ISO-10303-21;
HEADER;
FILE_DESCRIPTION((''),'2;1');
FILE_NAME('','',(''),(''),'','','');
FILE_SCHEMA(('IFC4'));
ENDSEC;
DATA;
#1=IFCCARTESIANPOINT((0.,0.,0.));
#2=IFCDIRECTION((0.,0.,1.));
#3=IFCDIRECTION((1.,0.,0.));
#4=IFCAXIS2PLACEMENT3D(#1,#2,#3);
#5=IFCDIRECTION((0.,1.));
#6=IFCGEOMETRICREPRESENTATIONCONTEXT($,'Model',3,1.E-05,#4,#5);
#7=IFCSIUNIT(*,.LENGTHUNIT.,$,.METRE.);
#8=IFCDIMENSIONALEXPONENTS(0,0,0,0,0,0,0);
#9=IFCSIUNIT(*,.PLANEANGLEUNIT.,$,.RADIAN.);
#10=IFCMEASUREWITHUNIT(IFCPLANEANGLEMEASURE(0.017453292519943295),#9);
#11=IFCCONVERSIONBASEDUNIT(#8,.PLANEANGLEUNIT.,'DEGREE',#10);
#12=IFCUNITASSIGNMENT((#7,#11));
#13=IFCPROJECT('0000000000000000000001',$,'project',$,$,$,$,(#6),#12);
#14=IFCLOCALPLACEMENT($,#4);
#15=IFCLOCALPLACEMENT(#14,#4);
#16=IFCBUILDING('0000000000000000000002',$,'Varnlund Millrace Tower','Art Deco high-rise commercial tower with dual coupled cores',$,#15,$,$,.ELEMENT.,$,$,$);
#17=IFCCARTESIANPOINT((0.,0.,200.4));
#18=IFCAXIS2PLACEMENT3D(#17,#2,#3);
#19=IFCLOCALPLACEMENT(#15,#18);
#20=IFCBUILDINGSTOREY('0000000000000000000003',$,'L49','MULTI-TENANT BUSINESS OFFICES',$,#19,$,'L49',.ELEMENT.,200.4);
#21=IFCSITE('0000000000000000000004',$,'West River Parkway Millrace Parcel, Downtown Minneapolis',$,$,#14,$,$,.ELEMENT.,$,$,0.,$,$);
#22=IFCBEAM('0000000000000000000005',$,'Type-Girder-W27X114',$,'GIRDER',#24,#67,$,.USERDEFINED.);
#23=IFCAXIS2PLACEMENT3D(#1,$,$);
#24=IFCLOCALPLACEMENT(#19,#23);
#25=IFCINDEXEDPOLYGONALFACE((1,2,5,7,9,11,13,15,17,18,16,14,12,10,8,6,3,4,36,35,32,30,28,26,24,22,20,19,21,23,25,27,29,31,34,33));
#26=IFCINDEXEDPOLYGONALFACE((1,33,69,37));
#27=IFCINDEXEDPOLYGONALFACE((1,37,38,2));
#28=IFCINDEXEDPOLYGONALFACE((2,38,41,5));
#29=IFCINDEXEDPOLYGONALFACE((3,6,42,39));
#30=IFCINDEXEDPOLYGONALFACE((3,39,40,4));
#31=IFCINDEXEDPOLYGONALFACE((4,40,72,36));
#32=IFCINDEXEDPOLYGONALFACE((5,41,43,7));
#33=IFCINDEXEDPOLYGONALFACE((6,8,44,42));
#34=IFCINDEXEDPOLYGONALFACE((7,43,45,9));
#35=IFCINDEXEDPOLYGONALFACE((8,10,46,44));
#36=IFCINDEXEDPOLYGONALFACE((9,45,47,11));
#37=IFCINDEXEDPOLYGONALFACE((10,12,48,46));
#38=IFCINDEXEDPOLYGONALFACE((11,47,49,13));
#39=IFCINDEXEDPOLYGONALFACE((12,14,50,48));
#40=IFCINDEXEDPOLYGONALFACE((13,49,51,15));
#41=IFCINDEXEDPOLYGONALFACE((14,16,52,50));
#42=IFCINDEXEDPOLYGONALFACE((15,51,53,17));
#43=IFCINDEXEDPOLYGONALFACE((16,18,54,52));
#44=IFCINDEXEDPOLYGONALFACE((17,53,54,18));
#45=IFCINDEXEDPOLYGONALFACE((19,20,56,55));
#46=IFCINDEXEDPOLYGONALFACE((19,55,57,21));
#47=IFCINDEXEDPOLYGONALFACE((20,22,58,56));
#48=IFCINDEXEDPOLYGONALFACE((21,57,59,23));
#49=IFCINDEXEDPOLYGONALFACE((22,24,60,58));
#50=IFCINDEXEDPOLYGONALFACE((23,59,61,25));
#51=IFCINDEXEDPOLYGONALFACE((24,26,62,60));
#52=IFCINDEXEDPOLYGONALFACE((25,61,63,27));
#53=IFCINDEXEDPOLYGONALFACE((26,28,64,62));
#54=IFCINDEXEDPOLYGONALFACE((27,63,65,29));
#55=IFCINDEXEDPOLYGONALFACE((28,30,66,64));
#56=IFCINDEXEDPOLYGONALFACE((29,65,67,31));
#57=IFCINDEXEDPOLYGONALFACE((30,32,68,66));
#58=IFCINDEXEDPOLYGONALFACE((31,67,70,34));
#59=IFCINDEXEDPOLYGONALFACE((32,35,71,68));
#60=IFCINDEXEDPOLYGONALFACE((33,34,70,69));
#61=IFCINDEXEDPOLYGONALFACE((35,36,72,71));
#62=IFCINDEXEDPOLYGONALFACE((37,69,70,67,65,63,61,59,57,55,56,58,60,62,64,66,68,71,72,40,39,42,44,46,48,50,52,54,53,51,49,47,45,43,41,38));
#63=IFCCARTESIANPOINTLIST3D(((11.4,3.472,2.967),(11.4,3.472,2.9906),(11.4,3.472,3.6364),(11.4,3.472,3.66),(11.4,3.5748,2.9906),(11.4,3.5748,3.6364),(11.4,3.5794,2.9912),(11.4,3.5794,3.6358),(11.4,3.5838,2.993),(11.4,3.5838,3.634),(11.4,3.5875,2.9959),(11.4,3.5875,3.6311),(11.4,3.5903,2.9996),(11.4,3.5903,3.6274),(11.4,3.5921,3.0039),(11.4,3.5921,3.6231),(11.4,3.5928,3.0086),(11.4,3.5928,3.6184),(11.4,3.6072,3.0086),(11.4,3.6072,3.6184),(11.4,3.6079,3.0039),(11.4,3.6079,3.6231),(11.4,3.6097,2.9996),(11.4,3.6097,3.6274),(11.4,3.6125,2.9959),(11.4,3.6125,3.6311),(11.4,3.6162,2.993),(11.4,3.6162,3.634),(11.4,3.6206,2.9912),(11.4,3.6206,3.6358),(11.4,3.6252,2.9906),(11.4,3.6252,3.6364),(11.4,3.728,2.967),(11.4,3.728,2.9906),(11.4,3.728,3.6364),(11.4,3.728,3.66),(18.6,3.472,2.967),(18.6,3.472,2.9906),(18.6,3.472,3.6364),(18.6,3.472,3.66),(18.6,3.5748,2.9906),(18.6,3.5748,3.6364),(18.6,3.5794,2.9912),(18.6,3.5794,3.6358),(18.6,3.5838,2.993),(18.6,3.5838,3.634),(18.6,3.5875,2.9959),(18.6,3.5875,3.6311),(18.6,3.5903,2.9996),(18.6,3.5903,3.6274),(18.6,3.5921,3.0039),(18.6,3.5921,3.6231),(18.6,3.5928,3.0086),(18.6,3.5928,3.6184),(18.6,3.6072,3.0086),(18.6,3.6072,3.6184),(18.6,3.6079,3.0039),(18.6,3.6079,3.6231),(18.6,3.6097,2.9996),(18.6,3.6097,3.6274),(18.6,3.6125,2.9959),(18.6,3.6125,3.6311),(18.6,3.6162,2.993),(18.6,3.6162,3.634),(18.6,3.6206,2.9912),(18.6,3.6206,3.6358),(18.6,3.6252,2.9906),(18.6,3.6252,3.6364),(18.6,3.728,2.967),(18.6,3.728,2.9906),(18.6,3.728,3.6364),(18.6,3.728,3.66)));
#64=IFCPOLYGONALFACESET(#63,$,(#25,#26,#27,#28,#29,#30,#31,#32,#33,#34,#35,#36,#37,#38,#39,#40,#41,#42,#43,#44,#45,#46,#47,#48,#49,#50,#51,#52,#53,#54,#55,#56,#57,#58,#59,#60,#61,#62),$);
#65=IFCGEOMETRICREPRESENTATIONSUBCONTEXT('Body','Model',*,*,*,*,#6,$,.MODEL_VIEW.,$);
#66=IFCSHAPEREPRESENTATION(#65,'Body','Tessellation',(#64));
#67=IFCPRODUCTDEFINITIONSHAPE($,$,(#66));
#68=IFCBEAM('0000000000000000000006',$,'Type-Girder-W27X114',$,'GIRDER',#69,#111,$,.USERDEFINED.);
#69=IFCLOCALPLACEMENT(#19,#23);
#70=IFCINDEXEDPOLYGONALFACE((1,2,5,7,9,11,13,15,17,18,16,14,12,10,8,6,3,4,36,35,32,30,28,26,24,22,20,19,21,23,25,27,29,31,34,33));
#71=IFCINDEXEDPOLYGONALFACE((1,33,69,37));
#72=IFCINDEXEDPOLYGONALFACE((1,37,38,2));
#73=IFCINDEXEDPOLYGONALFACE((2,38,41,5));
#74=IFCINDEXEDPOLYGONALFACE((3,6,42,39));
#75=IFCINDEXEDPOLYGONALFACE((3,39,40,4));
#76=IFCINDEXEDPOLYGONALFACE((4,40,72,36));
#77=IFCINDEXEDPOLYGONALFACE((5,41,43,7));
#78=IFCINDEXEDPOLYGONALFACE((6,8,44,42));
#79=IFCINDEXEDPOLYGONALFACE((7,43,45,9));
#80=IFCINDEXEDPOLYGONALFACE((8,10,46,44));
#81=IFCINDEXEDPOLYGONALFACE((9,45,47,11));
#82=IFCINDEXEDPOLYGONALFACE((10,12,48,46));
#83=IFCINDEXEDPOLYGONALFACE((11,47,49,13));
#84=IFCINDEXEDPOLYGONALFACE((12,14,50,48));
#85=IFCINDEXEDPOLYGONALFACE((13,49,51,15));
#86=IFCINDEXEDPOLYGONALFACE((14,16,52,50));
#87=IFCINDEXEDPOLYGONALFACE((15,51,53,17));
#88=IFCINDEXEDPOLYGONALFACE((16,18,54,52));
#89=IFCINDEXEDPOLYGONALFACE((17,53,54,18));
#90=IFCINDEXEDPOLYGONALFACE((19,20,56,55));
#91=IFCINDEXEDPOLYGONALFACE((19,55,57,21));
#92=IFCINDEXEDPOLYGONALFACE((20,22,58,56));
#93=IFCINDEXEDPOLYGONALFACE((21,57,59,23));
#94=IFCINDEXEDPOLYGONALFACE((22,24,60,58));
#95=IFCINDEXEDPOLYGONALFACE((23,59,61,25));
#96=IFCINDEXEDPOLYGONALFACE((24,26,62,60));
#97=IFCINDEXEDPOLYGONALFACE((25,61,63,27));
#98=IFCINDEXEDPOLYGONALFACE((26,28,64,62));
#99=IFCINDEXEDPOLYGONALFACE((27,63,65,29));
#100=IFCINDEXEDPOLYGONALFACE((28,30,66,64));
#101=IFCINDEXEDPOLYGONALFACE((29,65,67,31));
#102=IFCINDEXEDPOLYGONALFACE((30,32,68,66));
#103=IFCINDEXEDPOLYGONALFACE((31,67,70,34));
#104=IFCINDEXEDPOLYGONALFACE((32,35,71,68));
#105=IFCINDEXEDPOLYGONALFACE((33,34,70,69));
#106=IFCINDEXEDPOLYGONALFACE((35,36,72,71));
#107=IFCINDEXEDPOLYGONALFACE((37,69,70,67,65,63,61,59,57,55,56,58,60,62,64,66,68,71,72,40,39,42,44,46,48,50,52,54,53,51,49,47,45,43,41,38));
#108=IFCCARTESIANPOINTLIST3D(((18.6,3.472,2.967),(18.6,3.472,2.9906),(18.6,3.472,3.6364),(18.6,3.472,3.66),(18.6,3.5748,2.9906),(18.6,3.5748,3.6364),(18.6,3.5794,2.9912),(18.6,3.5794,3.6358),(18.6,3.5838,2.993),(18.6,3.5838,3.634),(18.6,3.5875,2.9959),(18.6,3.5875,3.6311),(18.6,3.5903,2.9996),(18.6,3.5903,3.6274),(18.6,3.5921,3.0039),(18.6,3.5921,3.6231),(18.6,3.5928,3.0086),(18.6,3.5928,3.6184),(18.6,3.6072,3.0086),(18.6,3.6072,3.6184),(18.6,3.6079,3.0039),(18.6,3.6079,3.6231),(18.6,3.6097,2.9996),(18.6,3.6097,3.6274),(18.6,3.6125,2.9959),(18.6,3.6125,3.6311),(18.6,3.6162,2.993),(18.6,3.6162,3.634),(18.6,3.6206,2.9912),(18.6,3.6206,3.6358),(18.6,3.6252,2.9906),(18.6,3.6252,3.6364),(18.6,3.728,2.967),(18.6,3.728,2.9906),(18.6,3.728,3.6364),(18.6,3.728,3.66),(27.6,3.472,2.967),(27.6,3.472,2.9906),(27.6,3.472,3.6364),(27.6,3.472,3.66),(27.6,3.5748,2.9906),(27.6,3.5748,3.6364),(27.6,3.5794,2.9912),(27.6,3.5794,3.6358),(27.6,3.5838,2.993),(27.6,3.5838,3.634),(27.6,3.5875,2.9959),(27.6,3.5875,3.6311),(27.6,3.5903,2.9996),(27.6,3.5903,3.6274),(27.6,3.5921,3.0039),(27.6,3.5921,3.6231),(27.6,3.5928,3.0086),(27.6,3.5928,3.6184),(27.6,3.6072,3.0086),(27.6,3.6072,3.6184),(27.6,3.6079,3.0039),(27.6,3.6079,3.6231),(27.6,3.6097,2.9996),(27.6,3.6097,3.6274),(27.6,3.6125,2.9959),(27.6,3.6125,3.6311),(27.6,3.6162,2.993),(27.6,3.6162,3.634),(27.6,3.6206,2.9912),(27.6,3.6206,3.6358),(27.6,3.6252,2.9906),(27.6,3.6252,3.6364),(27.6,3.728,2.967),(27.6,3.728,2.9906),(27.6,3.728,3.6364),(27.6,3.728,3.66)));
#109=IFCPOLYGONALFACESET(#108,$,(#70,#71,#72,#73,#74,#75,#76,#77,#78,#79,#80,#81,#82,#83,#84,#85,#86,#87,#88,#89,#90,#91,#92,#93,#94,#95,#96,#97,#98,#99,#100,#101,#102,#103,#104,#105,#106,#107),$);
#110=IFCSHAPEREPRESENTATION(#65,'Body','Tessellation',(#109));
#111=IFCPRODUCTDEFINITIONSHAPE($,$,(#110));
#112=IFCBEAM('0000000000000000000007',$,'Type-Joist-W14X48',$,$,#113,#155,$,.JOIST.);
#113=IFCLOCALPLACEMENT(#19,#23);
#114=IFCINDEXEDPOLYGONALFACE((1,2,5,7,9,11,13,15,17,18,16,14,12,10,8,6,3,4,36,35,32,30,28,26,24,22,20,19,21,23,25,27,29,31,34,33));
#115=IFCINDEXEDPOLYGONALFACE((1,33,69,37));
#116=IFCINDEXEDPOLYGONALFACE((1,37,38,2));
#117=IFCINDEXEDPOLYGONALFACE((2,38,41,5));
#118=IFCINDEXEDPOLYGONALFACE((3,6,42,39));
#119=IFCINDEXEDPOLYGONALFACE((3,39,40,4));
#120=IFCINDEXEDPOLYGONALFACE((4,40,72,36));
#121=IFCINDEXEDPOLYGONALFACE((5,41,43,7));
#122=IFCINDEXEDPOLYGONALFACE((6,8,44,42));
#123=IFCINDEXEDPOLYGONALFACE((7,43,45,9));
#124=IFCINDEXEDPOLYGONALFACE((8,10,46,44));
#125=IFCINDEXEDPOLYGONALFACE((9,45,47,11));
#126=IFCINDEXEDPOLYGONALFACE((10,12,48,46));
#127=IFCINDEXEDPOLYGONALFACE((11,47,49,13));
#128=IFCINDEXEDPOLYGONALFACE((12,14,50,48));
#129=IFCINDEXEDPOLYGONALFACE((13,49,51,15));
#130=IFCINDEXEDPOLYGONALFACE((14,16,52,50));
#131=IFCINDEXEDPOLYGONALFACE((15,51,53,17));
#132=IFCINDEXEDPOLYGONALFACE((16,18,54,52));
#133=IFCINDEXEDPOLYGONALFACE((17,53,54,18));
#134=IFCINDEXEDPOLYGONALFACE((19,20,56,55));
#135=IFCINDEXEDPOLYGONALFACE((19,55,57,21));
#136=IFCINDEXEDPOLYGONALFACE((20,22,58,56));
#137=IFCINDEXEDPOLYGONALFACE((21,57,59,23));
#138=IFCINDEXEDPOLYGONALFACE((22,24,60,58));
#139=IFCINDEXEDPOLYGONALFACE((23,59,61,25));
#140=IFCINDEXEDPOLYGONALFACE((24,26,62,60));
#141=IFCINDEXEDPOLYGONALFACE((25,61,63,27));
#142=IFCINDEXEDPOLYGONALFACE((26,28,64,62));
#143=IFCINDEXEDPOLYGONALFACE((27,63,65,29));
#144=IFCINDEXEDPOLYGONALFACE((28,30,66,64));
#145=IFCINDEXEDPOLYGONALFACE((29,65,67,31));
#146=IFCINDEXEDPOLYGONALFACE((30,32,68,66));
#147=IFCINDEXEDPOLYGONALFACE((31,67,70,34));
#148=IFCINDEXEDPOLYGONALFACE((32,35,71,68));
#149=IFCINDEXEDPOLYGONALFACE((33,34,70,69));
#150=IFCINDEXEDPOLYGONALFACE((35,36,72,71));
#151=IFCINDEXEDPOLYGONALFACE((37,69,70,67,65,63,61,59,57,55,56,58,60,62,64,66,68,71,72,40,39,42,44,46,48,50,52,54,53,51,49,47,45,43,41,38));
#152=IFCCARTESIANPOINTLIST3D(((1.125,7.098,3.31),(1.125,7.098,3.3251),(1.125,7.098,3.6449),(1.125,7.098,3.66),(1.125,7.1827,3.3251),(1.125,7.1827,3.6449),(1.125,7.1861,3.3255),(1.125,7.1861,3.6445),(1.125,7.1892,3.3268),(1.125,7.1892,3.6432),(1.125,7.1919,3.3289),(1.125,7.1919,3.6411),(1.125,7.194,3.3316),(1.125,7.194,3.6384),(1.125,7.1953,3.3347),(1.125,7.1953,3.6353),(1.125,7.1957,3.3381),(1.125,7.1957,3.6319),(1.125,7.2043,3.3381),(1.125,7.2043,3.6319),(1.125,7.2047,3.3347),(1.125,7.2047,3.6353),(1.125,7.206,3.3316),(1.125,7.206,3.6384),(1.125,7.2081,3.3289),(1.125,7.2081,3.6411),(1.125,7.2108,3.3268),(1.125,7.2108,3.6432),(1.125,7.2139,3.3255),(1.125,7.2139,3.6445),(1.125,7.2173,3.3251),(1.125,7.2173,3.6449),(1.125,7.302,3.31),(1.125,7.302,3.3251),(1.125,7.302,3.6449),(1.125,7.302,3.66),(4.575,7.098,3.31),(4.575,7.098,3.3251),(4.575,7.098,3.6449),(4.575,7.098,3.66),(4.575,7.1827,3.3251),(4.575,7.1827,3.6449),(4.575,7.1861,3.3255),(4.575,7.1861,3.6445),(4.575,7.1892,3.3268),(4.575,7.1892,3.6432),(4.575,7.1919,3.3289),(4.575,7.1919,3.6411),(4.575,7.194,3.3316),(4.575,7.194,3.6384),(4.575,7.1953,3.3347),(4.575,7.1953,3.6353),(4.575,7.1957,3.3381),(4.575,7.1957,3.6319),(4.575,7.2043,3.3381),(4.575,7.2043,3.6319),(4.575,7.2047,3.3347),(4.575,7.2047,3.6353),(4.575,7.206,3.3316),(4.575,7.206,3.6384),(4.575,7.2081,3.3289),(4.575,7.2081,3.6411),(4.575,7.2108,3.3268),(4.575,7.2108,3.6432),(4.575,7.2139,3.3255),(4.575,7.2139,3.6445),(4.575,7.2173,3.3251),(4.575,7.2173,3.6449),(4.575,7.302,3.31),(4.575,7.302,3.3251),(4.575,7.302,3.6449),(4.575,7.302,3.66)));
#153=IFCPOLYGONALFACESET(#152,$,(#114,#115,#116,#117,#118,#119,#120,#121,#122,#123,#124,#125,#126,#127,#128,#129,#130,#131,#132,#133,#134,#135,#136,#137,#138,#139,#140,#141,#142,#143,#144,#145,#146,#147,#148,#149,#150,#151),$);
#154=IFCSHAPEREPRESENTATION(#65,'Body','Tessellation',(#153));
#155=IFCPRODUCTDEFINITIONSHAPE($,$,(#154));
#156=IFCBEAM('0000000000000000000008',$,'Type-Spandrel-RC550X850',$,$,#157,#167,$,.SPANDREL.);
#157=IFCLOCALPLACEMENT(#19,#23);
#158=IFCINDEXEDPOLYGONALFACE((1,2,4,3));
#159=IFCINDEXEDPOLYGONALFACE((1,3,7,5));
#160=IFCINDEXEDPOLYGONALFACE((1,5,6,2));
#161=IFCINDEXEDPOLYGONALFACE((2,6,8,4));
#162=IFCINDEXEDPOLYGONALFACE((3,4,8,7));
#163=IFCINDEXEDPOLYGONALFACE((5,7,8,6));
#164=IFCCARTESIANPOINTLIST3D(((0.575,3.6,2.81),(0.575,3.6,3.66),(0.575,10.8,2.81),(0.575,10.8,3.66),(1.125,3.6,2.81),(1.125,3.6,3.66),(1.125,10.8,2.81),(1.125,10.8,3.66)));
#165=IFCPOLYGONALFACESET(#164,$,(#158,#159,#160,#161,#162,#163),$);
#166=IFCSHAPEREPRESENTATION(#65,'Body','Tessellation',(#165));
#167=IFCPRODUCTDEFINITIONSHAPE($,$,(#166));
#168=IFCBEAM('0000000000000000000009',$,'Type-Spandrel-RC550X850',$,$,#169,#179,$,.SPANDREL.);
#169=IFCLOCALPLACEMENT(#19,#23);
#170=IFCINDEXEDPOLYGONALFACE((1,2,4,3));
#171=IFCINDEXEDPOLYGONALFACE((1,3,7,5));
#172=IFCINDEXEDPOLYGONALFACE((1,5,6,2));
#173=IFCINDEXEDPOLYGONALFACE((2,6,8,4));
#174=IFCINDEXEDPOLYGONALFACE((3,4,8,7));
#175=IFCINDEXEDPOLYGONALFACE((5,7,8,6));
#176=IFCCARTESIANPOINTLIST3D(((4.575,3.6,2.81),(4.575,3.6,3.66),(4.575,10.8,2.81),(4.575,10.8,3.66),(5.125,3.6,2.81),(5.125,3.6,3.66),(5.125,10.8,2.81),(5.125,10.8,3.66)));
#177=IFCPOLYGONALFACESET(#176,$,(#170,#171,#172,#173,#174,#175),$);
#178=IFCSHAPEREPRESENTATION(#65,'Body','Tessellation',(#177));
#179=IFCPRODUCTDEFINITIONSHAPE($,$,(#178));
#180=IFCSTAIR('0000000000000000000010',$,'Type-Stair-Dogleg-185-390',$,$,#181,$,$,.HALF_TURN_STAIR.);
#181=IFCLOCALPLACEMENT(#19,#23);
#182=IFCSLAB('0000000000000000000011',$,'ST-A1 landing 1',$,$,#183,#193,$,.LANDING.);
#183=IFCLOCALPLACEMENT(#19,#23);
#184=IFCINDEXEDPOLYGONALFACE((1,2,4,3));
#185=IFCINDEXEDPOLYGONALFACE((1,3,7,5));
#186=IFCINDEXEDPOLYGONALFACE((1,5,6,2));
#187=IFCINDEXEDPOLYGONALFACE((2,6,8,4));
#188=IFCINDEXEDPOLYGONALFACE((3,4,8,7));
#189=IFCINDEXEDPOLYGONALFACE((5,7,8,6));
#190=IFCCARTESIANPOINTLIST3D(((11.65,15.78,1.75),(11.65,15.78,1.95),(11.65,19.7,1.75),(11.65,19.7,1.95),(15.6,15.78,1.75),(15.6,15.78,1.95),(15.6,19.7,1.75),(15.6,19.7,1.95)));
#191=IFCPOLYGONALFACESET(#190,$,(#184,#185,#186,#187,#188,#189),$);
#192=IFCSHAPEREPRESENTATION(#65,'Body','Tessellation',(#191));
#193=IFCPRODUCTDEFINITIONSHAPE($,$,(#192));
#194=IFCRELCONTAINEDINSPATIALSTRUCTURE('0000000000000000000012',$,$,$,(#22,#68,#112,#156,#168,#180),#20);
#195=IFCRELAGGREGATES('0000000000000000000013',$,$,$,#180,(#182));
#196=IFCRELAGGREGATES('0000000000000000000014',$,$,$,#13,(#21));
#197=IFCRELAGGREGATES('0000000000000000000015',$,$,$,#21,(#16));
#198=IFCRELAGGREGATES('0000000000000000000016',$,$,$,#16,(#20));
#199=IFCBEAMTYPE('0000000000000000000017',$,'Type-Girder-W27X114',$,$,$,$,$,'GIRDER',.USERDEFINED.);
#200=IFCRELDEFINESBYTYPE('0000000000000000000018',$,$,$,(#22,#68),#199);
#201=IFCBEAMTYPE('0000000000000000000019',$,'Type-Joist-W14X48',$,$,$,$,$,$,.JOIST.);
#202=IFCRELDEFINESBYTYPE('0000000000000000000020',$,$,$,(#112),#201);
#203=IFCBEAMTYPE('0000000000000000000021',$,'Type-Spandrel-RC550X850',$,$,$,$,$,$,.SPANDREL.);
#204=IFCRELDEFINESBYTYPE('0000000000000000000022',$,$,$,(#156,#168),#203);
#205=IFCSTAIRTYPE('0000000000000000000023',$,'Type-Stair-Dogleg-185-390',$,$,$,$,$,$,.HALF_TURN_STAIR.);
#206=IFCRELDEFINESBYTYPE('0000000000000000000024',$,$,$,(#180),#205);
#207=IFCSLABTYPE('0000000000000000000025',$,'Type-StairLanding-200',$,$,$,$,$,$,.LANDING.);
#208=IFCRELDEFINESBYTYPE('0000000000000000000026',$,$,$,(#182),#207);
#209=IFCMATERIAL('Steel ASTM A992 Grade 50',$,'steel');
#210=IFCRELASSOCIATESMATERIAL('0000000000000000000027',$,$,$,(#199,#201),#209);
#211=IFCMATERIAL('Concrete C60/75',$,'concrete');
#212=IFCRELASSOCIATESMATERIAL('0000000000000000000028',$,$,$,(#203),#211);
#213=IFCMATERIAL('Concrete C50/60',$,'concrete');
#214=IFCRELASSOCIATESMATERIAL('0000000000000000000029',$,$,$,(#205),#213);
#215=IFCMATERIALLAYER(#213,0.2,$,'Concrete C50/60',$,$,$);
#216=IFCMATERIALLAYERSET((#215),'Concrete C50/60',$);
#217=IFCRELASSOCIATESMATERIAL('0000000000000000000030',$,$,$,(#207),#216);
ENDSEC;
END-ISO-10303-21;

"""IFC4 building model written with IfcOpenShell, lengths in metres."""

from ifc_helpers import new_model, entity, si_unit, converted_unit, direction, frame, origin_with_axes, origin_2d_with_axis, place, context, subcontext, project, spatial, polyline, rectangle, i_section, outline, extrude, material, layer, layer_set, material_profile, profile_set, type_object, element, aggregate, save


model = new_model("IFC4")

# Units and contexts
model_context = context("Model", 3, precision=1e-05, world=origin_with_axes(), true_north=direction((0.0, 1.0)))
body_context = subcontext(model_context, "Body", "Model", "MODEL_VIEW")
ifc_project = project(units=[si_unit("LENGTHUNIT", "METRE"), converted_unit("PLANEANGLEUNIT", "DEGREE", entity("IfcPlaneAngleMeasure", 0.017453292519943295), si_unit("PLANEANGLEUNIT", "RADIAN"), dimensions=[0, 0, 0, 0, 0, 0, 0])], contexts=[model_context])

# Site, building, storey
site_placement = place(None, origin_with_axes())
site = spatial("IfcSite", under=ifc_project, at=site_placement, Name="West River Parkway Millrace Parcel, Downtown Minneapolis", CompositionType="ELEMENT", RefElevation=0.0)
building_placement = place(site_placement, origin_with_axes())
building = spatial("IfcBuilding", under=site, at=building_placement, Name="Varnlund Millrace Tower", Description="Art Deco high-rise commercial tower with dual coupled cores", CompositionType="ELEMENT")
storey_placement = place(building_placement, frame((0.0, 0.0, 200.4), z_axis=(0.0, 0.0, 1.0), x_axis=(1.0, 0.0, 0.0)))
storey = spatial("IfcBuildingStorey", under=building, at=storey_placement, Name="L49", Description="MULTI-TENANT BUSINESS OFFICES", LongName="L49", CompositionType="ELEMENT", Elevation=200.4)

# Beams
ifc_material_1 = material(Name="Steel ASTM A992 Grade 50", Category="steel")
ifc_material_profile_1 = material_profile(ifc_material_1, i_section(OverallWidth=0.256, OverallDepth=0.693, WebThickness=0.0145, FlangeThickness=0.0236, FilletRadius=0.018, at=origin_2d_with_axis()), Name="Steel ASTM A992 Grade 50")
ifc_profile_set_1 = profile_set([ifc_material_profile_1], Name="Steel ASTM A992 Grade 50")
beam_type_1 = type_object("IfcBeamType", Name="Type-Girder-W27X114", ElementType="GIRDER", PredefinedType="USERDEFINED", material=ifc_profile_set_1)
beam_1_placement = place(storey_placement, frame((11.4, 3.6, 3.3135), z_axis=(1.0, 0.0, 0.0), x_axis=(0.0, 1.0, 0.0)))
element("IfcBeam", 1, at=beam_1_placement, inside=storey, type_object=beam_type_1, Name="Type-Girder-W27X114", ObjectType="GIRDER", PredefinedType="USERDEFINED", context=body_context, shape_type="SweptSolid", body=[
    extrude(i_section(OverallWidth=0.256, OverallDepth=0.693, WebThickness=0.0145, FlangeThickness=0.0236, FilletRadius=0.018, at=origin_2d_with_axis()), origin_with_axes(), (0.0, 0.0, 1.0), 7.2),
])
beam_2_placement = place(storey_placement, frame((18.6, 3.6, 3.3135), z_axis=(1.0, 0.0, 0.0), x_axis=(0.0, 1.0, 0.0)))
element("IfcBeam", 2, at=beam_2_placement, inside=storey, type_object=beam_type_1, Name="Type-Girder-W27X114", ObjectType="GIRDER", PredefinedType="USERDEFINED", context=body_context, shape_type="SweptSolid", body=[
    extrude(i_section(OverallWidth=0.256, OverallDepth=0.693, WebThickness=0.0145, FlangeThickness=0.0236, FilletRadius=0.018, at=origin_2d_with_axis()), origin_with_axes(), (0.0, 0.0, 1.0), 9.0),
])
ifc_material_profile_2 = material_profile(ifc_material_1, i_section(OverallWidth=0.204, OverallDepth=0.35, WebThickness=0.0086, FlangeThickness=0.0151, FilletRadius=0.013, at=origin_2d_with_axis()), Name="Steel ASTM A992 Grade 50")
ifc_profile_set_2 = profile_set([ifc_material_profile_2], Name="Steel ASTM A992 Grade 50")
beam_type_2 = type_object("IfcBeamType", Name="Type-Joist-W14X48", PredefinedType="JOIST", material=ifc_profile_set_2)
beam_3_placement = place(storey_placement, frame((1.125, 7.2, 3.485), z_axis=(1.0, 0.0, 0.0), x_axis=(0.0, 1.0, 0.0)))
element("IfcBeam", 3, at=beam_3_placement, inside=storey, type_object=beam_type_2, Name="Type-Joist-W14X48", PredefinedType="JOIST", context=body_context, shape_type="SweptSolid", body=[
    extrude(i_section(OverallWidth=0.204, OverallDepth=0.35, WebThickness=0.0086, FlangeThickness=0.0151, FilletRadius=0.013, at=origin_2d_with_axis()), origin_with_axes(), (0.0, 0.0, 1.0), 3.45),
])
ifc_material_2 = material(Name="Concrete C60/75", Category="concrete")
ifc_material_profile_3 = material_profile(ifc_material_2, rectangle(XDim=0.55, YDim=0.85, at=origin_2d_with_axis()), Name="Concrete C60/75")
ifc_profile_set_3 = profile_set([ifc_material_profile_3], Name="Concrete C60/75")
beam_type_3 = type_object("IfcBeamType", Name="Type-Spandrel-RC550X850", PredefinedType="SPANDREL", material=ifc_profile_set_3)
for number, where, z_axis, x_axis, name in (
    (4, (0.85, 3.6, 3.235), (0.0, 1.0, 0.0), (-1.0, 0.0, 0.0), "Type-Spandrel-RC550X850"),
    (5, (4.85, 3.6, 3.235), (0.0, 1.0, 0.0), (-1.0, 0.0, 0.0), "Type-Spandrel-RC550X850"),
):
    element("IfcBeam", number, at=place(storey_placement, frame(where, z_axis=z_axis, x_axis=x_axis)), inside=storey, type_object=beam_type_3, Name=name, PredefinedType="SPANDREL", context=body_context, shape_type="SweptSolid", body=[
        extrude(rectangle(XDim=0.55, YDim=0.85, at=origin_2d_with_axis()), origin_with_axes(), (0.0, 0.0, 1.0), 7.2),
    ])

# Stair, slab
ifc_material_3 = material(Name="Concrete C50/60", Category="concrete")
stair_type_1 = type_object("IfcStairType", Name="Type-Stair-Dogleg-185-390", PredefinedType="HALF_TURN_STAIR", material=ifc_material_3)
stair_1_placement = place(storey_placement, origin_with_axes())
stair_1 = element("IfcStair", 6, at=stair_1_placement, inside=storey, type_object=stair_type_1, Name="Type-Stair-Dogleg-185-390", PredefinedType="HALF_TURN_STAIR")
ifc_layer_1 = layer(ifc_material_3, 0.2, Name="Concrete C50/60")
ifc_layer_set_1 = layer_set([ifc_layer_1], Name="Concrete C50/60")
slab_type = type_object("IfcSlabType", Name="Type-StairLanding-200", PredefinedType="LANDING", material=ifc_layer_set_1)
slab_1_placement = place(storey_placement, frame((0.0, 0.0, 1.75), z_axis=(0.0, 0.0, 1.0), x_axis=(1.0, 0.0, 0.0)))
slab_1 = element("IfcSlab", 7, at=slab_1_placement, type_object=slab_type, Name="ST-A1 landing 1", PredefinedType="LANDING", context=body_context, shape_type="SweptSolid", body=[
    extrude(outline(polyline([(15.6, 15.78), (15.6, 19.7), (11.65, 19.7), (11.65, 15.78), (15.6, 15.78)])), origin_with_axes(), (0.0, 0.0, 1.0), 0.2),
])
aggregate(stair_1, [slab_1])

save(model, "model.ifc")
